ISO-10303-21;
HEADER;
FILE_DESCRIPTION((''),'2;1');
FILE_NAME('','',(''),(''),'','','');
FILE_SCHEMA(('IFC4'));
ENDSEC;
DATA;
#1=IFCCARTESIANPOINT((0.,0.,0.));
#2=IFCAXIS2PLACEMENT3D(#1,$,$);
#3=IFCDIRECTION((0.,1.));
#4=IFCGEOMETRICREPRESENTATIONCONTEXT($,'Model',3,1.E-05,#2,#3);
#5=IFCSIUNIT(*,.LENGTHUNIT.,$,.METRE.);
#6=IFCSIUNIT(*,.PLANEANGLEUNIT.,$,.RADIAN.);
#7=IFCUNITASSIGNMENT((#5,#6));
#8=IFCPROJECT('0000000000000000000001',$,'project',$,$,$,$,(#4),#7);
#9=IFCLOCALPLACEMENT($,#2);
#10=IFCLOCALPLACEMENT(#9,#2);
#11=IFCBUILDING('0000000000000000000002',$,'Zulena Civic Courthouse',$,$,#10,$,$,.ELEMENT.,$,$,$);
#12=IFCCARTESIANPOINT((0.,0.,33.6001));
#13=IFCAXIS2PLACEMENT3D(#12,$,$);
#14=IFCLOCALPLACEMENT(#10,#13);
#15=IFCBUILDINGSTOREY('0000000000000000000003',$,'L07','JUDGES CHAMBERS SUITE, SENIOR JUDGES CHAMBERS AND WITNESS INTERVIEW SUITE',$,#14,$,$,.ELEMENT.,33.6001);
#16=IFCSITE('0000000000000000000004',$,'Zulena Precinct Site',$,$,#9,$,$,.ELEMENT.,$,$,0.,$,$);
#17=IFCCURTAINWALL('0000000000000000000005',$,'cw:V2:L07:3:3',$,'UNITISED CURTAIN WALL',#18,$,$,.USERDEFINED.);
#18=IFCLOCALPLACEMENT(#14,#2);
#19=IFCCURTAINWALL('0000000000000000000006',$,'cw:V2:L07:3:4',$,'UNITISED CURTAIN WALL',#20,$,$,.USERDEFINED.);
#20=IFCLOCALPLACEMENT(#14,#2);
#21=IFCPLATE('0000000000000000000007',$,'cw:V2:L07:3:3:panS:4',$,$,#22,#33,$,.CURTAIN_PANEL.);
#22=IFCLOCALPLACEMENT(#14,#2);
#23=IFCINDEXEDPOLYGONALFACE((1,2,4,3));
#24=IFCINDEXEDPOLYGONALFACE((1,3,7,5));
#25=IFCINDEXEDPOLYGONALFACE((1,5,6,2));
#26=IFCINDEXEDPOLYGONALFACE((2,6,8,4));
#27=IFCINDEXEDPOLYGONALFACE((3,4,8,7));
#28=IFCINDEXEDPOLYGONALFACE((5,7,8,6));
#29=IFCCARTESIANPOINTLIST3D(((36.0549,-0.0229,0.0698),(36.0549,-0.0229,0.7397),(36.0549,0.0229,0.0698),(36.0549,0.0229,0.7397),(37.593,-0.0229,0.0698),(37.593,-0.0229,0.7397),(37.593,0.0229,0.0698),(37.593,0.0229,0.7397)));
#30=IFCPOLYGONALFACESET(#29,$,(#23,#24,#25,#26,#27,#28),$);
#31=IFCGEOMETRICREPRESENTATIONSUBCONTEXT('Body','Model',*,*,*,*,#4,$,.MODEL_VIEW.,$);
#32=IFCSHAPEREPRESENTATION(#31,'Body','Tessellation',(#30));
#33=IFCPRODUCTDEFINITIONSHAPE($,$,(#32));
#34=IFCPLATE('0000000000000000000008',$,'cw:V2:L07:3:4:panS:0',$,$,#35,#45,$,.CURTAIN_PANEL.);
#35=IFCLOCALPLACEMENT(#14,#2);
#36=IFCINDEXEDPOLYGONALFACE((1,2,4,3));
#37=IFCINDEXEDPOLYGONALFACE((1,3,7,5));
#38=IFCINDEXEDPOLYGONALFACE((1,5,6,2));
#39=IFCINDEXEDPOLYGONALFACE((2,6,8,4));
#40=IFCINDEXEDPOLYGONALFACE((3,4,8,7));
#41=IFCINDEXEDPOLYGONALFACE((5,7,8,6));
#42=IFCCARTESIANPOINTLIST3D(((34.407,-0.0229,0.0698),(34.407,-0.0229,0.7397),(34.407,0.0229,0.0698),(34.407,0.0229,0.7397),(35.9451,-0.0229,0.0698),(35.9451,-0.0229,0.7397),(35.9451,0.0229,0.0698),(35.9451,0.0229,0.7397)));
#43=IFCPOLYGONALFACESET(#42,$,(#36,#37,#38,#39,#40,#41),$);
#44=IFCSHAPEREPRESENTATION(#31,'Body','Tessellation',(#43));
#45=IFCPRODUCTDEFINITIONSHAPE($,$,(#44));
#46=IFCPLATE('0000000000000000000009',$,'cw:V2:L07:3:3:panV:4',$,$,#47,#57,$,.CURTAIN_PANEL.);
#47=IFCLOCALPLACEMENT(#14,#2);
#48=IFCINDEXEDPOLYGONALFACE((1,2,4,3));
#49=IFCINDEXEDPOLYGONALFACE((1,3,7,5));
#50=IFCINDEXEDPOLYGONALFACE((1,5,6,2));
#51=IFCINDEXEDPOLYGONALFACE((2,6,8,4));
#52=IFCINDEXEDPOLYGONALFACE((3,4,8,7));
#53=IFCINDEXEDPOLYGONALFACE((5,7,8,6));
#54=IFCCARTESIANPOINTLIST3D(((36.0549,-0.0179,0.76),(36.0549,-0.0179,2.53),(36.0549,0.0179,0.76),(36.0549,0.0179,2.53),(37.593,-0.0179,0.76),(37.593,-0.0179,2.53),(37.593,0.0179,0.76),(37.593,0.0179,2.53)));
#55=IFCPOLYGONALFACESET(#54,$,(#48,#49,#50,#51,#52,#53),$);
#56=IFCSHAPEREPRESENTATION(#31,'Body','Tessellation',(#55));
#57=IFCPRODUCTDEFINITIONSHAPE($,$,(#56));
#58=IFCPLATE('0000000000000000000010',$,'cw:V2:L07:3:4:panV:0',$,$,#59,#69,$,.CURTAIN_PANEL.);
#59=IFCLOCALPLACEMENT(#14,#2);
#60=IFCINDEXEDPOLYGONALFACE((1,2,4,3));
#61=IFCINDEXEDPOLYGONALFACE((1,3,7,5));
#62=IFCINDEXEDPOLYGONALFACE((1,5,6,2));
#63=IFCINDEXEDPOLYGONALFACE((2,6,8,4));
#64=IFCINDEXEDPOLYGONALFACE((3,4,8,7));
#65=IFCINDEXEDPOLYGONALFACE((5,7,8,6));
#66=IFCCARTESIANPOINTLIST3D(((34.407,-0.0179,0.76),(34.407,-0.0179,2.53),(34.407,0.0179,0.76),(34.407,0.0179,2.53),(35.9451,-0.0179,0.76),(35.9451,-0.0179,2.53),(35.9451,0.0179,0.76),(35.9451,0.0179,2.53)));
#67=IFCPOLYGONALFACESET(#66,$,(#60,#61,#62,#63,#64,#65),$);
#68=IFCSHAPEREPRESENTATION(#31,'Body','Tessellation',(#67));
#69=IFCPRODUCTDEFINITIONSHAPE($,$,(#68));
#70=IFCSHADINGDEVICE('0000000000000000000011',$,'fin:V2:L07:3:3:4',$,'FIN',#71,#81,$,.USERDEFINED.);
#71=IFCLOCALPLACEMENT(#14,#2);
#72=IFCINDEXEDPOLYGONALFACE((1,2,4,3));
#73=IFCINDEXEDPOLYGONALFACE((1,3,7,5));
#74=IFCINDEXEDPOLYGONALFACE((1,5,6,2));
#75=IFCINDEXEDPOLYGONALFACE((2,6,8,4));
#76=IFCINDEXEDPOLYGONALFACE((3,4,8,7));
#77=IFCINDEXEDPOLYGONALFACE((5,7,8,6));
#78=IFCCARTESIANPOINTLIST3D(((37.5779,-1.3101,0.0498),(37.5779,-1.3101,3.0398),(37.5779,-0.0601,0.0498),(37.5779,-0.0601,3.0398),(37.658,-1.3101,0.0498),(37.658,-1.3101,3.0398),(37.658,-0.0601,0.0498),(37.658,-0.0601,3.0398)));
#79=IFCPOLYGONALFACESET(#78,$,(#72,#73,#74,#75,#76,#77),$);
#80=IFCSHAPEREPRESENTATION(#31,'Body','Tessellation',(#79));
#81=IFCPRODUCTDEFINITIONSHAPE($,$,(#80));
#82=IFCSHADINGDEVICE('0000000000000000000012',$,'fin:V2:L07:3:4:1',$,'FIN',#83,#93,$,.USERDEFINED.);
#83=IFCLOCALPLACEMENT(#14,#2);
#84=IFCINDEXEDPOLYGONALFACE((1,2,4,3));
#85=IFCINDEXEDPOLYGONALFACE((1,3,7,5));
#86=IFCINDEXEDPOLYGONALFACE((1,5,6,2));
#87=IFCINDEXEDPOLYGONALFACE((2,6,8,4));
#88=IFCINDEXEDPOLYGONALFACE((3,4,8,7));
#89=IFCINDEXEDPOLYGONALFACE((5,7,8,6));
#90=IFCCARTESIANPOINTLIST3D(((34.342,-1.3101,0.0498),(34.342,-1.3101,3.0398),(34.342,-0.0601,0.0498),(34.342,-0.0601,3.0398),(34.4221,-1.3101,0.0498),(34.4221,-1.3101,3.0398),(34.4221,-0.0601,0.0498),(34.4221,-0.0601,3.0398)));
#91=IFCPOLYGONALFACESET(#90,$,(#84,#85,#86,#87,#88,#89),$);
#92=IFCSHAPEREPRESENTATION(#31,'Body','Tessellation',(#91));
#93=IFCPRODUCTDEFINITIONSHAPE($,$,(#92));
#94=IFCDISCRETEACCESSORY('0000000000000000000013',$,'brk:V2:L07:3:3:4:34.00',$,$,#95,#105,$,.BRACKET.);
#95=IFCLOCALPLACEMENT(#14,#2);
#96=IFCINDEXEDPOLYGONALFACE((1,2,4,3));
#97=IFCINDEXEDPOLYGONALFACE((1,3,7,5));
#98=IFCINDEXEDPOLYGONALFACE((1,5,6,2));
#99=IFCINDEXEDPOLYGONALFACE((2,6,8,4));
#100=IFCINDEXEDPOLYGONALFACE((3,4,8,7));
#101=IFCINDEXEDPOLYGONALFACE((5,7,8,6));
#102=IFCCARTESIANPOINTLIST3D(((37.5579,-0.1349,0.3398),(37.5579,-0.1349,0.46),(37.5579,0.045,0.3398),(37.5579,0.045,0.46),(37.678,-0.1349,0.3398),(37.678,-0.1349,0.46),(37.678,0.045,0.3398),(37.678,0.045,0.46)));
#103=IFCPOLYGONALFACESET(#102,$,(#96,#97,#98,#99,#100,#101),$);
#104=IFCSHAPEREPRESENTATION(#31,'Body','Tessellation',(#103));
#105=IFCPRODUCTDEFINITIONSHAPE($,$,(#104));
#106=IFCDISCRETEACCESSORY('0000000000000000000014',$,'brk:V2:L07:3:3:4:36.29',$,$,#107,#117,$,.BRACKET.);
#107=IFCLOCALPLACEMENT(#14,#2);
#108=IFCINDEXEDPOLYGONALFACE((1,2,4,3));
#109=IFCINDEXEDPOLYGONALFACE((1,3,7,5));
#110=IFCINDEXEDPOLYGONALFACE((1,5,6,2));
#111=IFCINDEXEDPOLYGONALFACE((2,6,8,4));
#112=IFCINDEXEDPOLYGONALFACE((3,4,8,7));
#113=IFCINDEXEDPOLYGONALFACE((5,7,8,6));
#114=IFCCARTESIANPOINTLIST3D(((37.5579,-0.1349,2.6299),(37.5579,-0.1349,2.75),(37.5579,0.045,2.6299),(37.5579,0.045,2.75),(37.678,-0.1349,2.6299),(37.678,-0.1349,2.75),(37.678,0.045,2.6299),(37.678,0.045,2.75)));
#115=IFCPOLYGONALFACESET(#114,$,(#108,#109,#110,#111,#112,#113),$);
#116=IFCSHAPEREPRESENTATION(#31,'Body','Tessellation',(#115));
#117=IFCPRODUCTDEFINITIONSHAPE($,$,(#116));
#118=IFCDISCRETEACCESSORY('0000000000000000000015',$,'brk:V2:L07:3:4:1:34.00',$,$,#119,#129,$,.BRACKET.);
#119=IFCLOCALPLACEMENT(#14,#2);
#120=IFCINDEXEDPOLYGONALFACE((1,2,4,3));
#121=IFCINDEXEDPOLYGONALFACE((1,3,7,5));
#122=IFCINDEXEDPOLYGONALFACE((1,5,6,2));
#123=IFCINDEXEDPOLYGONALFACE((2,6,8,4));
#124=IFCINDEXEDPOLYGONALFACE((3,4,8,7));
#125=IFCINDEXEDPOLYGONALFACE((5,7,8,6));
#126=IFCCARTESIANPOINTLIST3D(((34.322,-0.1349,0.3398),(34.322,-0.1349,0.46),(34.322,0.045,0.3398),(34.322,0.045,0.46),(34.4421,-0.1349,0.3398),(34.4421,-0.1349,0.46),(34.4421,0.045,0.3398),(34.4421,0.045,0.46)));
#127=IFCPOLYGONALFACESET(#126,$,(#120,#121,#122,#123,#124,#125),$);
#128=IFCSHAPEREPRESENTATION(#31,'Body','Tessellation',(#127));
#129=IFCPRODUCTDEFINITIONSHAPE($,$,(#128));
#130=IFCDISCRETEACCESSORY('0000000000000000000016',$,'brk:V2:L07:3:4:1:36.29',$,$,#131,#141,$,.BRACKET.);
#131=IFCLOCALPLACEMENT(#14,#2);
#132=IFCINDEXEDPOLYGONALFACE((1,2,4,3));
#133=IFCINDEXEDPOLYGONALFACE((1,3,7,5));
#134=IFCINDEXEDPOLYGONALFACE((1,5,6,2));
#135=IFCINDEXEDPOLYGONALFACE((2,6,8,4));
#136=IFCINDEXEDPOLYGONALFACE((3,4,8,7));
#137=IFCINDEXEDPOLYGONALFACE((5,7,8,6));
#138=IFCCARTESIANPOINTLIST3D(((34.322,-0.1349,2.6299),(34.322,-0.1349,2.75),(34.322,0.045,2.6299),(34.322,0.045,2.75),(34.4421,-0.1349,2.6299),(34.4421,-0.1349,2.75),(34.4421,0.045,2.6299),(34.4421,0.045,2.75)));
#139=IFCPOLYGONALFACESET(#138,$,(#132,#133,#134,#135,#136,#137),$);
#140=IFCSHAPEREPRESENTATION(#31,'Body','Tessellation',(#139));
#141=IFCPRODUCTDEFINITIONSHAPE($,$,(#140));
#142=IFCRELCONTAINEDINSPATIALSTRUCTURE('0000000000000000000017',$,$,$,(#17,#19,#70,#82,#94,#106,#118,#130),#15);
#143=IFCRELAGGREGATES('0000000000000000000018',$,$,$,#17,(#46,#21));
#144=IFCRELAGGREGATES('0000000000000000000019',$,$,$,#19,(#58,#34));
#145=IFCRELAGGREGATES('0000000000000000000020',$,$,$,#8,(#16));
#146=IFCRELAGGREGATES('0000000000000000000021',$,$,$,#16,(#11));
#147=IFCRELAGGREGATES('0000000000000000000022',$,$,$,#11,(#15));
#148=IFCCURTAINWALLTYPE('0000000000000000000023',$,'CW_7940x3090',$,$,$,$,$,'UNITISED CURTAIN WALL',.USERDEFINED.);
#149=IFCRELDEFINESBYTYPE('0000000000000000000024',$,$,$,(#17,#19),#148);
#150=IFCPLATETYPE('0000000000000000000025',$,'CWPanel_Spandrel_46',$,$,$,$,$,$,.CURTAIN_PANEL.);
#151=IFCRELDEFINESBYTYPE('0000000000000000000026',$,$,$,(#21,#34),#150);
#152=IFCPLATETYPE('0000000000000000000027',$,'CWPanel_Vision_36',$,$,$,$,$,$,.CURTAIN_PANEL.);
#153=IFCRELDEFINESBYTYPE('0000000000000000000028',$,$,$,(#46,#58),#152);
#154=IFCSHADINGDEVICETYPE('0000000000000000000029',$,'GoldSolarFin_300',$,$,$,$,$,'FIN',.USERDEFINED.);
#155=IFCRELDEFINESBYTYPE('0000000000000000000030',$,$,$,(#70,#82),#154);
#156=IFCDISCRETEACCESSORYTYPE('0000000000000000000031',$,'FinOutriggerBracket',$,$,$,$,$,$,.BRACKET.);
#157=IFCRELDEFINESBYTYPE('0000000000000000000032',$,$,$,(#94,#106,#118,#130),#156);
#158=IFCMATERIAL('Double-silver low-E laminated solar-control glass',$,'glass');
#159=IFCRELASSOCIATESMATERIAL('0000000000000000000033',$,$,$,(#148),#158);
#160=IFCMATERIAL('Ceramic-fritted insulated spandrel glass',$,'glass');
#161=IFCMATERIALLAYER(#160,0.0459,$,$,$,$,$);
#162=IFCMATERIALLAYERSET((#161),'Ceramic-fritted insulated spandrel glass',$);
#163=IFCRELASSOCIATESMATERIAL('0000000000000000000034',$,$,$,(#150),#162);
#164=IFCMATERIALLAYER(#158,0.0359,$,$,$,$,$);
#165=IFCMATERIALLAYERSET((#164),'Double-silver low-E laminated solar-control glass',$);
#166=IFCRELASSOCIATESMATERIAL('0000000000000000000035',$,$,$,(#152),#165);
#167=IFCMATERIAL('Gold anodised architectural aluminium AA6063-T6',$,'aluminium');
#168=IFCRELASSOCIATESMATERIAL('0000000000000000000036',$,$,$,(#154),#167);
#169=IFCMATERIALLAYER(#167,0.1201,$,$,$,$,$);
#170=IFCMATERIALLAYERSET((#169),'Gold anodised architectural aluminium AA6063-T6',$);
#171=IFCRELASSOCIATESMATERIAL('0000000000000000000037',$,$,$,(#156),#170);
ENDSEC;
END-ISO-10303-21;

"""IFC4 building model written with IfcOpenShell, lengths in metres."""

from ifc_helpers import new_model, si_unit, direction, frame, origin, origin_2d, place, context, subcontext, project, spatial, rectangle, extrude, material, layer, layer_set, type_object, element, aggregate, save


model = new_model("IFC4")

# Units and contexts
model_context = context("Model", 3, precision=1e-05, world=origin(), true_north=direction((0.0, 1.0)))
body_context = subcontext(model_context, "Body", "Model", "MODEL_VIEW")
ifc_project = project(units=[si_unit("LENGTHUNIT", "METRE"), si_unit("PLANEANGLEUNIT", "RADIAN")], contexts=[model_context])

# Site, building, storey
site_placement = place(None, origin())
site = spatial("IfcSite", under=ifc_project, at=site_placement, Name="Zulena Precinct Site", CompositionType="ELEMENT", RefElevation=0.0)
building_placement = place(site_placement, origin())
building = spatial("IfcBuilding", under=site, at=building_placement, Name="Zulena Civic Courthouse", CompositionType="ELEMENT")
storey_placement = place(building_placement, frame((0.0, 0.0, 33.6001)))
storey = spatial("IfcBuildingStorey", under=building, at=storey_placement, Name="L07", Description="JUDGES CHAMBERS SUITE, SENIOR JUDGES CHAMBERS AND WITNESS INTERVIEW SUITE", CompositionType="ELEMENT", Elevation=33.6001)

# Curtain wall
ifc_material_1 = material(Name="Double-silver low-E laminated solar-control glass", Category="glass")
curtain_wall_type = type_object("IfcCurtainWallType", Name="CW_7940x3090", ElementType="UNITISED CURTAIN WALL", PredefinedType="USERDEFINED", material=ifc_material_1)
curtain_wall_1_placement = place(storey_placement, origin())
curtain_wall_1 = element("IfcCurtainWall", 1, at=curtain_wall_1_placement, inside=storey, type_object=curtain_wall_type, Name="cw:V2:L07:3:3", ObjectType="UNITISED CURTAIN WALL", PredefinedType="USERDEFINED")

# Curtain wall
curtain_wall_2_placement = place(storey_placement, origin())
curtain_wall_2 = element("IfcCurtainWall", 2, at=curtain_wall_2_placement, inside=storey, type_object=curtain_wall_type, Name="cw:V2:L07:3:4", ObjectType="UNITISED CURTAIN WALL", PredefinedType="USERDEFINED")

# Plates
ifc_material_2 = material(Name="Ceramic-fritted insulated spandrel glass", Category="glass")
ifc_layer_1 = layer(ifc_material_2, 0.0459)
ifc_layer_set_1 = layer_set([ifc_layer_1], Name="Ceramic-fritted insulated spandrel glass")
plate_type_1 = type_object("IfcPlateType", Name="CWPanel_Spandrel_46", PredefinedType="CURTAIN_PANEL", material=ifc_layer_set_1)
plate_1_placement = place(storey_placement, frame((36.824, 0.0, 0.0698), z_axis=(0.0, 0.0, 1.0), x_axis=(-1.0, 0.0, 0.0)))
plate_1 = element("IfcPlate", 3, at=plate_1_placement, type_object=plate_type_1, Name="cw:V2:L07:3:3:panS:4", PredefinedType="CURTAIN_PANEL", context=body_context, shape_type="SweptSolid", body=[
    extrude(rectangle(XDim=1.5381, YDim=0.0459, at=origin_2d()), origin(), (0.0, 0.0, 1.0), 0.6699),
])
plate_2_placement = place(storey_placement, frame((35.176, 0.0, 0.0698), z_axis=(0.0, 0.0, 1.0), x_axis=(-1.0, 0.0, 0.0)))
plate_2 = element("IfcPlate", 4, at=plate_2_placement, type_object=plate_type_1, Name="cw:V2:L07:3:4:panS:0", PredefinedType="CURTAIN_PANEL", context=body_context, shape_type="SweptSolid", body=[
    extrude(rectangle(XDim=1.5381, YDim=0.0459, at=origin_2d()), origin(), (0.0, 0.0, 1.0), 0.6699),
])
ifc_layer_2 = layer(ifc_material_1, 0.0359)
ifc_layer_set_2 = layer_set([ifc_layer_2], Name="Double-silver low-E laminated solar-control glass")
plate_type_2 = type_object("IfcPlateType", Name="CWPanel_Vision_36", PredefinedType="CURTAIN_PANEL", material=ifc_layer_set_2)
plate_3_placement = place(storey_placement, frame((36.824, 0.0, 0.76), z_axis=(0.0, 0.0, 1.0), x_axis=(-1.0, 0.0, 0.0)))
plate_3 = element("IfcPlate", 5, at=plate_3_placement, type_object=plate_type_2, Name="cw:V2:L07:3:3:panV:4", PredefinedType="CURTAIN_PANEL", context=body_context, shape_type="SweptSolid", body=[
    extrude(rectangle(XDim=1.5381, YDim=0.0359, at=origin_2d()), origin(), (0.0, 0.0, 1.0), 1.77),
])
aggregate(curtain_wall_1, [plate_3, plate_1])
plate_4_placement = place(storey_placement, frame((35.176, 0.0, 0.76), z_axis=(0.0, 0.0, 1.0), x_axis=(-1.0, 0.0, 0.0)))
plate_4 = element("IfcPlate", 6, at=plate_4_placement, type_object=plate_type_2, Name="cw:V2:L07:3:4:panV:0", PredefinedType="CURTAIN_PANEL", context=body_context, shape_type="SweptSolid", body=[
    extrude(rectangle(XDim=1.5381, YDim=0.0359, at=origin_2d()), origin(), (0.0, 0.0, 1.0), 1.77),
])
aggregate(curtain_wall_2, [plate_4, plate_2])

# Shading devices
ifc_material_3 = material(Name="Gold anodised architectural aluminium AA6063-T6", Category="aluminium")
shading_device_type = type_object("IfcShadingDeviceType", Name="GoldSolarFin_300", ElementType="FIN", PredefinedType="USERDEFINED", material=ifc_material_3)
for number, where, z_axis, x_axis, name in (
    (7, (37.6179, -0.6851, 0.0498), (0.0, 0.0, 1.0), (0.0, -1.0, 0.0), "fin:V2:L07:3:3:4"),
    (8, (34.3821, -0.6851, 0.0498), (0.0, 0.0, 1.0), (0.0, -1.0, 0.0), "fin:V2:L07:3:4:1"),
):
    element("IfcShadingDevice", number, at=place(storey_placement, frame(where, z_axis=z_axis, x_axis=x_axis)), inside=storey, type_object=shading_device_type, Name=name, ObjectType="FIN", PredefinedType="USERDEFINED", context=body_context, shape_type="SweptSolid", body=[
        extrude(rectangle(XDim=1.25, YDim=0.0801, at=origin_2d()), origin(), (0.0, 0.0, 1.0), 2.99),
    ])

# Discrete accessories
ifc_layer_3 = layer(ifc_material_3, 0.1201)
ifc_layer_set_3 = layer_set([ifc_layer_3], Name="Gold anodised architectural aluminium AA6063-T6")
discrete_accessory_type = type_object("IfcDiscreteAccessoryType", Name="FinOutriggerBracket", PredefinedType="BRACKET", material=ifc_layer_set_3)
for number, where, z_axis, x_axis, name in (
    (9, (37.6179, -0.0449, 0.3398), (0.0, 0.0, 1.0), (0.0, -1.0, 0.0), "brk:V2:L07:3:3:4:34.00"),
    (10, (37.6179, -0.0449, 2.6299), (0.0, 0.0, 1.0), (0.0, -1.0, 0.0), "brk:V2:L07:3:3:4:36.29"),
    (11, (34.3821, -0.0449, 0.3398), (0.0, 0.0, 1.0), (0.0, -1.0, 0.0), "brk:V2:L07:3:4:1:34.00"),
    (12, (34.3821, -0.0449, 2.6299), (0.0, 0.0, 1.0), (0.0, -1.0, 0.0), "brk:V2:L07:3:4:1:36.29"),
):
    element("IfcDiscreteAccessory", number, at=place(storey_placement, frame(where, z_axis=z_axis, x_axis=x_axis)), inside=storey, type_object=discrete_accessory_type, Name=name, PredefinedType="BRACKET", context=body_context, shape_type="SweptSolid", body=[
        extrude(rectangle(XDim=0.1799, YDim=0.1201, at=origin_2d()), origin(), (0.0, 0.0, 1.0), 0.1201),
    ])

save(model, "model.ifc")
